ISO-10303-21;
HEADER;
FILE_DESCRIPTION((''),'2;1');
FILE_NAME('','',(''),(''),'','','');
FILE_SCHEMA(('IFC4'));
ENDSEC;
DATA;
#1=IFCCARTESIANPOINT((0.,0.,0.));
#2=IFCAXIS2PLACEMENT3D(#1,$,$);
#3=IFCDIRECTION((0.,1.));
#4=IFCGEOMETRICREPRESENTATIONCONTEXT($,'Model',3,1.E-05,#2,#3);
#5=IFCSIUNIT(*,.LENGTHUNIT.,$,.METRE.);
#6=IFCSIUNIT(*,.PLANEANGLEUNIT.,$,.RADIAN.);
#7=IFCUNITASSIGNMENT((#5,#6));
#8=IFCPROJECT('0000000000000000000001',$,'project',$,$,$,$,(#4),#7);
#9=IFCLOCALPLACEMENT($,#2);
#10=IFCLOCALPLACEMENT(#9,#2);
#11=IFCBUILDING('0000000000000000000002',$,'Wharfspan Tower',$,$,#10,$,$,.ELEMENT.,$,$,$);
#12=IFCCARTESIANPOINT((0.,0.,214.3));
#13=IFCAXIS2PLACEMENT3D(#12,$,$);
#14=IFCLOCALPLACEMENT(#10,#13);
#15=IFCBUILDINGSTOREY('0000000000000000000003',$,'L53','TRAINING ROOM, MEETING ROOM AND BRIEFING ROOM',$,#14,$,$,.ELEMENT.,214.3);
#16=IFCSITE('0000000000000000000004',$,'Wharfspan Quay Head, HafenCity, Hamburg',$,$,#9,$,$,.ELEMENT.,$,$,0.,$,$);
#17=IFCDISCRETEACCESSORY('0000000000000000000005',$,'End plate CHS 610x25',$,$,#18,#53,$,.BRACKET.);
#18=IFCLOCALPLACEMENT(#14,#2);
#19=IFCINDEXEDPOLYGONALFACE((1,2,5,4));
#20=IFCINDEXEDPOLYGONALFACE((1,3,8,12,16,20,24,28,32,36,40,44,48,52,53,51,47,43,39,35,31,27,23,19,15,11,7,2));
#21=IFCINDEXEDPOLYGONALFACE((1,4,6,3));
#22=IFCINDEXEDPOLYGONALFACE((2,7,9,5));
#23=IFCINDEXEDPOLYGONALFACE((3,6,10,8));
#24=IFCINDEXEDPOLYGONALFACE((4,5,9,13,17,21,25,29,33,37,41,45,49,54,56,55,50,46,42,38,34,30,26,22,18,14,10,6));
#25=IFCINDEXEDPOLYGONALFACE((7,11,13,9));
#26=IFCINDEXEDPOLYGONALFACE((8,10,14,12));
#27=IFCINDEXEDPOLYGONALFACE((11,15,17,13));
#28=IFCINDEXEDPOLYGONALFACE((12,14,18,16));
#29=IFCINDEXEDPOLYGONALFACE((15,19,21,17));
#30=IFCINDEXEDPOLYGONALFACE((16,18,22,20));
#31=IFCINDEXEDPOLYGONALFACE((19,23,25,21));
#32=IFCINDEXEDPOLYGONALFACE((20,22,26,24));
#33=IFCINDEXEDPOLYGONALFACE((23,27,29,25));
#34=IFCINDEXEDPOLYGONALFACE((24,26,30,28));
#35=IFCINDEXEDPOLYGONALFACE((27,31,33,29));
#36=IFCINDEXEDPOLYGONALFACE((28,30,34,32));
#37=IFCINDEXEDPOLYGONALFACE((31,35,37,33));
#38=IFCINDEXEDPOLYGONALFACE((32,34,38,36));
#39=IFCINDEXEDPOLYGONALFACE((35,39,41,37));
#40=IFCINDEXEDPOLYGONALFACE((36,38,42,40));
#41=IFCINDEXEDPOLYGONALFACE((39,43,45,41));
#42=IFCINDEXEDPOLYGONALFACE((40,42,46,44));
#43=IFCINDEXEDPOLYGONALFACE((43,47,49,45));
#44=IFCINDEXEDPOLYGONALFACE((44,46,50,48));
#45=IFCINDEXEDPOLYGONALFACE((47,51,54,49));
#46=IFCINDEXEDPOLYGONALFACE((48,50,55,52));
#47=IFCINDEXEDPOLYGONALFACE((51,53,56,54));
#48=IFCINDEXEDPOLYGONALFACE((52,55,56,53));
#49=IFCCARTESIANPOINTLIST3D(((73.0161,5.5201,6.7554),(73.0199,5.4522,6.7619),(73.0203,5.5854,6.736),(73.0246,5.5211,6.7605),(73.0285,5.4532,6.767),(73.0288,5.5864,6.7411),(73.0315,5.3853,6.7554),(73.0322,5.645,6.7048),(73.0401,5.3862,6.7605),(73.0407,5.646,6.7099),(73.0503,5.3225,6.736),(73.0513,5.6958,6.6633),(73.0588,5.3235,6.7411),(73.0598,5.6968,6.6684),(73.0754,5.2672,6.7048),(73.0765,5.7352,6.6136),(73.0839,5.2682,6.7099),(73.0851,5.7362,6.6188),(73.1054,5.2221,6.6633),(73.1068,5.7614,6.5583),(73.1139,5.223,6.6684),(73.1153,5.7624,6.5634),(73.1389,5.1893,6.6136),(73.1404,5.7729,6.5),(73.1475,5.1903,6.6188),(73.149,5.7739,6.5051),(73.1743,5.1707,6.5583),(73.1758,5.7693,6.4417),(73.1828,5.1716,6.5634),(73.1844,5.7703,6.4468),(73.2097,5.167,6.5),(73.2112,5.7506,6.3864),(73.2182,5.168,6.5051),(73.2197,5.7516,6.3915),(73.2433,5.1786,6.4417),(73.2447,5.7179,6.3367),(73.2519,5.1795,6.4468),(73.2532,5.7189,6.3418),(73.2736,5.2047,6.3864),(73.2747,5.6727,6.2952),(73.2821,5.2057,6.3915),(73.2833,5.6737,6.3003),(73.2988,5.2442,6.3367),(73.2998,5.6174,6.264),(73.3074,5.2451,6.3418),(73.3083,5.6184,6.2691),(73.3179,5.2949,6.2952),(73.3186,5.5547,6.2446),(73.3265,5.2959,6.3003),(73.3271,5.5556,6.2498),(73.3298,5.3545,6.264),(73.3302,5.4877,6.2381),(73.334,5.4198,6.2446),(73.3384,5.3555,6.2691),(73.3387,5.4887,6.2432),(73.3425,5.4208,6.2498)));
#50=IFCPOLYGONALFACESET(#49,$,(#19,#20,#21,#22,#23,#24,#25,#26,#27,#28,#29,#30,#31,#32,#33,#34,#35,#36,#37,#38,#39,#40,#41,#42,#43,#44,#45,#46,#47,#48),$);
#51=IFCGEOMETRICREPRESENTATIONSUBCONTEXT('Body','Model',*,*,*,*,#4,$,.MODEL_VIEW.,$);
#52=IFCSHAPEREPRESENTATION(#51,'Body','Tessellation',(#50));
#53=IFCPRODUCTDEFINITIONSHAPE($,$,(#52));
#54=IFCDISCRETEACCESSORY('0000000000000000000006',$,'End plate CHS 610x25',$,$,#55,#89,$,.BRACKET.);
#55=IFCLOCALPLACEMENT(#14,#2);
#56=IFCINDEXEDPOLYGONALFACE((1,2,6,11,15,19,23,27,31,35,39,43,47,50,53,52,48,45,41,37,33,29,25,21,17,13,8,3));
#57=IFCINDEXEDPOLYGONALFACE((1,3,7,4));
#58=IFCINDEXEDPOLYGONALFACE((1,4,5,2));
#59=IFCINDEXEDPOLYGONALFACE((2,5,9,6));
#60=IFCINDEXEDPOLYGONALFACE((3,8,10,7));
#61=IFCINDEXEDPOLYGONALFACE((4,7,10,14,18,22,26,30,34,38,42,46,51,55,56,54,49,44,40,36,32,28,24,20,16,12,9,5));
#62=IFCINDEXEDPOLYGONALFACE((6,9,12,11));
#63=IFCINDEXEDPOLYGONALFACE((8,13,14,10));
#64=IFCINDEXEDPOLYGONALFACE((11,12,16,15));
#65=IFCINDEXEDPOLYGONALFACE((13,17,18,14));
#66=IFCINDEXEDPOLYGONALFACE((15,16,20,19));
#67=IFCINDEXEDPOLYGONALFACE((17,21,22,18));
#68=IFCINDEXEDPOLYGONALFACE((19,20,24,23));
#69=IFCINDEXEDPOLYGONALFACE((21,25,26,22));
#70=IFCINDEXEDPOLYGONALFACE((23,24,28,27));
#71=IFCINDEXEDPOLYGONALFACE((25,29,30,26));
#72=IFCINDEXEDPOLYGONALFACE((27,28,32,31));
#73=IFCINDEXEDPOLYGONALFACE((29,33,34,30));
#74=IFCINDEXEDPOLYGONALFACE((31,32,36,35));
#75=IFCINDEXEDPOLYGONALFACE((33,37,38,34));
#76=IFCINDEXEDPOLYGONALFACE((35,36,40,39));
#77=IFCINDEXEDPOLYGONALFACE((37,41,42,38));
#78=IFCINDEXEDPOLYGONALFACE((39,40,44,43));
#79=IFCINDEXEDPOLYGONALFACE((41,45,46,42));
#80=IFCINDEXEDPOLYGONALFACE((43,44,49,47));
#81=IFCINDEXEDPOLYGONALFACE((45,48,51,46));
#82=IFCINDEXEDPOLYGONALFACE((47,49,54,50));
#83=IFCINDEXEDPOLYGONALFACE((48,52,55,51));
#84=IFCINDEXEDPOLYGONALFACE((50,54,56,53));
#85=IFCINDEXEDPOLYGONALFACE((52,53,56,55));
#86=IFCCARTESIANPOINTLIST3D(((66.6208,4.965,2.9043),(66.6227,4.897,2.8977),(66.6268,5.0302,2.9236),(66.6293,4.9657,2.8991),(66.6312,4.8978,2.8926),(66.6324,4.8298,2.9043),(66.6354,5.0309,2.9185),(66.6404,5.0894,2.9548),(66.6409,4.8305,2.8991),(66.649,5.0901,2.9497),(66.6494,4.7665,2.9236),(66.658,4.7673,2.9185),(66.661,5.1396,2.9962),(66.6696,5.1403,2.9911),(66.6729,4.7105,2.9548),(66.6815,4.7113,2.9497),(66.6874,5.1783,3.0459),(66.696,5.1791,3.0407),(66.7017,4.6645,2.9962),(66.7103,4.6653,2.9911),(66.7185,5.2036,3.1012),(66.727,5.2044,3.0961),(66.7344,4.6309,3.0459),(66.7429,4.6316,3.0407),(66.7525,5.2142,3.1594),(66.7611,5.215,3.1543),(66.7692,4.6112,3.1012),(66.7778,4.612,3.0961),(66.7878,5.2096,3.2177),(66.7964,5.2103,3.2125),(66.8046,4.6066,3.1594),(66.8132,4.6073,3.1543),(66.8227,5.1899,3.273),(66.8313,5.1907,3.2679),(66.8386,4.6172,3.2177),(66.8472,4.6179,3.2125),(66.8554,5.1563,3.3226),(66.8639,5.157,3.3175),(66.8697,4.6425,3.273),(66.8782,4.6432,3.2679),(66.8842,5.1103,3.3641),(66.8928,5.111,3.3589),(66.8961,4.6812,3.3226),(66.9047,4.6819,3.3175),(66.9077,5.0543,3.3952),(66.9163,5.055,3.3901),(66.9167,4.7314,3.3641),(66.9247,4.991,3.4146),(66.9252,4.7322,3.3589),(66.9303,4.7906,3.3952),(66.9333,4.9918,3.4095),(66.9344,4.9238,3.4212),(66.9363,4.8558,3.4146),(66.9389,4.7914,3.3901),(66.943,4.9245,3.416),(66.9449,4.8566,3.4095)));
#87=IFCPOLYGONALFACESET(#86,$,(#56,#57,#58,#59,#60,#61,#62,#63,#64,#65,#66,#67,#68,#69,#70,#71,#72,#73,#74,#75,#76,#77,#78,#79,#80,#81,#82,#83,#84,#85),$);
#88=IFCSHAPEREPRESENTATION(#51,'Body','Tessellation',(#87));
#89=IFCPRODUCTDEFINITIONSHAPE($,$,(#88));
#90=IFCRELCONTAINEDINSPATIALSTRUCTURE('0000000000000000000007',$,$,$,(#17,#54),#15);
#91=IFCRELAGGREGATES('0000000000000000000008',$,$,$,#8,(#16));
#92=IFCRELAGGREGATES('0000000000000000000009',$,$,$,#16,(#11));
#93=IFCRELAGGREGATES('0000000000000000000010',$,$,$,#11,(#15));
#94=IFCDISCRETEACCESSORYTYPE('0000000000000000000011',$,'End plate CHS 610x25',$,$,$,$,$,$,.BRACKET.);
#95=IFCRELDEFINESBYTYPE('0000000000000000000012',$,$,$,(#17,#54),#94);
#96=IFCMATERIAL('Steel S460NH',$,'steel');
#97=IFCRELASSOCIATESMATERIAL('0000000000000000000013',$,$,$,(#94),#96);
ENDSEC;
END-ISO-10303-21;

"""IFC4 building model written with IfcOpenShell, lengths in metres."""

from ifc_helpers import new_model, si_unit, direction, frame, origin, origin_2d, place, context, subcontext, project, spatial, circle, extrude, material, material_profile, profile_set, type_object, element, save


model = new_model("IFC4")

# Units and contexts
model_context = context("Model", 3, precision=1e-05, world=origin(), true_north=direction((0.0, 1.0)))
body_context = subcontext(model_context, "Body", "Model", "MODEL_VIEW")
ifc_project = project(units=[si_unit("LENGTHUNIT", "METRE"), si_unit("PLANEANGLEUNIT", "RADIAN")], contexts=[model_context])

# Site, building, storey
site_placement = place(None, origin())
site = spatial("IfcSite", under=ifc_project, at=site_placement, Name="Wharfspan Quay Head, HafenCity, Hamburg", CompositionType="ELEMENT", RefElevation=0.0)
building_placement = place(site_placement, origin())
building = spatial("IfcBuilding", under=site, at=building_placement, Name="Wharfspan Tower", CompositionType="ELEMENT")
storey_placement = place(building_placement, frame((0.0, 0.0, 214.3)))
storey = spatial("IfcBuildingStorey", under=building, at=storey_placement, Name="L53", Description="TRAINING ROOM, MEETING ROOM AND BRIEFING ROOM", CompositionType="ELEMENT", Elevation=214.3)

# Shared definitions
ifc_material_1 = material(Name="Steel S460NH", Category="steel")

# Discrete accessories
ifc_material_profile_1 = material_profile(ifc_material_1, circle(Radius=0.3049, at=origin_2d()))
ifc_profile_set_1 = profile_set([ifc_material_profile_1], Name="Steel S460NH")
discrete_accessory_type = type_object("IfcDiscreteAccessoryType", Name="End plate CHS 610x25", PredefinedType="BRACKET", material=ifc_profile_set_1)
for number, where, z_axis, x_axis, name in (
    (1, (73.175, 5.47, 6.5), (0.853405, 0.097532, 0.512043), (-0.113547, 0.993531, 0.000001), "End plate CHS 610x25"),
    (2, (66.7871, 4.9111, 3.1543), (-0.855186, -0.073302, 0.513112), (0.085402, -0.996345, 0.000001), "End plate CHS 610x25"),
):
    element("IfcDiscreteAccessory", number, at=place(storey_placement, frame(where, z_axis=z_axis, x_axis=x_axis)), inside=storey, type_object=discrete_accessory_type, Name=name, PredefinedType="BRACKET", context=body_context, shape_type="SweptSolid", body=[
        extrude(circle(Radius=0.3049, at=origin_2d()), origin(), (0.0, 0.0, 1.0), 0.01),
    ])

save(model, "model.ifc")
